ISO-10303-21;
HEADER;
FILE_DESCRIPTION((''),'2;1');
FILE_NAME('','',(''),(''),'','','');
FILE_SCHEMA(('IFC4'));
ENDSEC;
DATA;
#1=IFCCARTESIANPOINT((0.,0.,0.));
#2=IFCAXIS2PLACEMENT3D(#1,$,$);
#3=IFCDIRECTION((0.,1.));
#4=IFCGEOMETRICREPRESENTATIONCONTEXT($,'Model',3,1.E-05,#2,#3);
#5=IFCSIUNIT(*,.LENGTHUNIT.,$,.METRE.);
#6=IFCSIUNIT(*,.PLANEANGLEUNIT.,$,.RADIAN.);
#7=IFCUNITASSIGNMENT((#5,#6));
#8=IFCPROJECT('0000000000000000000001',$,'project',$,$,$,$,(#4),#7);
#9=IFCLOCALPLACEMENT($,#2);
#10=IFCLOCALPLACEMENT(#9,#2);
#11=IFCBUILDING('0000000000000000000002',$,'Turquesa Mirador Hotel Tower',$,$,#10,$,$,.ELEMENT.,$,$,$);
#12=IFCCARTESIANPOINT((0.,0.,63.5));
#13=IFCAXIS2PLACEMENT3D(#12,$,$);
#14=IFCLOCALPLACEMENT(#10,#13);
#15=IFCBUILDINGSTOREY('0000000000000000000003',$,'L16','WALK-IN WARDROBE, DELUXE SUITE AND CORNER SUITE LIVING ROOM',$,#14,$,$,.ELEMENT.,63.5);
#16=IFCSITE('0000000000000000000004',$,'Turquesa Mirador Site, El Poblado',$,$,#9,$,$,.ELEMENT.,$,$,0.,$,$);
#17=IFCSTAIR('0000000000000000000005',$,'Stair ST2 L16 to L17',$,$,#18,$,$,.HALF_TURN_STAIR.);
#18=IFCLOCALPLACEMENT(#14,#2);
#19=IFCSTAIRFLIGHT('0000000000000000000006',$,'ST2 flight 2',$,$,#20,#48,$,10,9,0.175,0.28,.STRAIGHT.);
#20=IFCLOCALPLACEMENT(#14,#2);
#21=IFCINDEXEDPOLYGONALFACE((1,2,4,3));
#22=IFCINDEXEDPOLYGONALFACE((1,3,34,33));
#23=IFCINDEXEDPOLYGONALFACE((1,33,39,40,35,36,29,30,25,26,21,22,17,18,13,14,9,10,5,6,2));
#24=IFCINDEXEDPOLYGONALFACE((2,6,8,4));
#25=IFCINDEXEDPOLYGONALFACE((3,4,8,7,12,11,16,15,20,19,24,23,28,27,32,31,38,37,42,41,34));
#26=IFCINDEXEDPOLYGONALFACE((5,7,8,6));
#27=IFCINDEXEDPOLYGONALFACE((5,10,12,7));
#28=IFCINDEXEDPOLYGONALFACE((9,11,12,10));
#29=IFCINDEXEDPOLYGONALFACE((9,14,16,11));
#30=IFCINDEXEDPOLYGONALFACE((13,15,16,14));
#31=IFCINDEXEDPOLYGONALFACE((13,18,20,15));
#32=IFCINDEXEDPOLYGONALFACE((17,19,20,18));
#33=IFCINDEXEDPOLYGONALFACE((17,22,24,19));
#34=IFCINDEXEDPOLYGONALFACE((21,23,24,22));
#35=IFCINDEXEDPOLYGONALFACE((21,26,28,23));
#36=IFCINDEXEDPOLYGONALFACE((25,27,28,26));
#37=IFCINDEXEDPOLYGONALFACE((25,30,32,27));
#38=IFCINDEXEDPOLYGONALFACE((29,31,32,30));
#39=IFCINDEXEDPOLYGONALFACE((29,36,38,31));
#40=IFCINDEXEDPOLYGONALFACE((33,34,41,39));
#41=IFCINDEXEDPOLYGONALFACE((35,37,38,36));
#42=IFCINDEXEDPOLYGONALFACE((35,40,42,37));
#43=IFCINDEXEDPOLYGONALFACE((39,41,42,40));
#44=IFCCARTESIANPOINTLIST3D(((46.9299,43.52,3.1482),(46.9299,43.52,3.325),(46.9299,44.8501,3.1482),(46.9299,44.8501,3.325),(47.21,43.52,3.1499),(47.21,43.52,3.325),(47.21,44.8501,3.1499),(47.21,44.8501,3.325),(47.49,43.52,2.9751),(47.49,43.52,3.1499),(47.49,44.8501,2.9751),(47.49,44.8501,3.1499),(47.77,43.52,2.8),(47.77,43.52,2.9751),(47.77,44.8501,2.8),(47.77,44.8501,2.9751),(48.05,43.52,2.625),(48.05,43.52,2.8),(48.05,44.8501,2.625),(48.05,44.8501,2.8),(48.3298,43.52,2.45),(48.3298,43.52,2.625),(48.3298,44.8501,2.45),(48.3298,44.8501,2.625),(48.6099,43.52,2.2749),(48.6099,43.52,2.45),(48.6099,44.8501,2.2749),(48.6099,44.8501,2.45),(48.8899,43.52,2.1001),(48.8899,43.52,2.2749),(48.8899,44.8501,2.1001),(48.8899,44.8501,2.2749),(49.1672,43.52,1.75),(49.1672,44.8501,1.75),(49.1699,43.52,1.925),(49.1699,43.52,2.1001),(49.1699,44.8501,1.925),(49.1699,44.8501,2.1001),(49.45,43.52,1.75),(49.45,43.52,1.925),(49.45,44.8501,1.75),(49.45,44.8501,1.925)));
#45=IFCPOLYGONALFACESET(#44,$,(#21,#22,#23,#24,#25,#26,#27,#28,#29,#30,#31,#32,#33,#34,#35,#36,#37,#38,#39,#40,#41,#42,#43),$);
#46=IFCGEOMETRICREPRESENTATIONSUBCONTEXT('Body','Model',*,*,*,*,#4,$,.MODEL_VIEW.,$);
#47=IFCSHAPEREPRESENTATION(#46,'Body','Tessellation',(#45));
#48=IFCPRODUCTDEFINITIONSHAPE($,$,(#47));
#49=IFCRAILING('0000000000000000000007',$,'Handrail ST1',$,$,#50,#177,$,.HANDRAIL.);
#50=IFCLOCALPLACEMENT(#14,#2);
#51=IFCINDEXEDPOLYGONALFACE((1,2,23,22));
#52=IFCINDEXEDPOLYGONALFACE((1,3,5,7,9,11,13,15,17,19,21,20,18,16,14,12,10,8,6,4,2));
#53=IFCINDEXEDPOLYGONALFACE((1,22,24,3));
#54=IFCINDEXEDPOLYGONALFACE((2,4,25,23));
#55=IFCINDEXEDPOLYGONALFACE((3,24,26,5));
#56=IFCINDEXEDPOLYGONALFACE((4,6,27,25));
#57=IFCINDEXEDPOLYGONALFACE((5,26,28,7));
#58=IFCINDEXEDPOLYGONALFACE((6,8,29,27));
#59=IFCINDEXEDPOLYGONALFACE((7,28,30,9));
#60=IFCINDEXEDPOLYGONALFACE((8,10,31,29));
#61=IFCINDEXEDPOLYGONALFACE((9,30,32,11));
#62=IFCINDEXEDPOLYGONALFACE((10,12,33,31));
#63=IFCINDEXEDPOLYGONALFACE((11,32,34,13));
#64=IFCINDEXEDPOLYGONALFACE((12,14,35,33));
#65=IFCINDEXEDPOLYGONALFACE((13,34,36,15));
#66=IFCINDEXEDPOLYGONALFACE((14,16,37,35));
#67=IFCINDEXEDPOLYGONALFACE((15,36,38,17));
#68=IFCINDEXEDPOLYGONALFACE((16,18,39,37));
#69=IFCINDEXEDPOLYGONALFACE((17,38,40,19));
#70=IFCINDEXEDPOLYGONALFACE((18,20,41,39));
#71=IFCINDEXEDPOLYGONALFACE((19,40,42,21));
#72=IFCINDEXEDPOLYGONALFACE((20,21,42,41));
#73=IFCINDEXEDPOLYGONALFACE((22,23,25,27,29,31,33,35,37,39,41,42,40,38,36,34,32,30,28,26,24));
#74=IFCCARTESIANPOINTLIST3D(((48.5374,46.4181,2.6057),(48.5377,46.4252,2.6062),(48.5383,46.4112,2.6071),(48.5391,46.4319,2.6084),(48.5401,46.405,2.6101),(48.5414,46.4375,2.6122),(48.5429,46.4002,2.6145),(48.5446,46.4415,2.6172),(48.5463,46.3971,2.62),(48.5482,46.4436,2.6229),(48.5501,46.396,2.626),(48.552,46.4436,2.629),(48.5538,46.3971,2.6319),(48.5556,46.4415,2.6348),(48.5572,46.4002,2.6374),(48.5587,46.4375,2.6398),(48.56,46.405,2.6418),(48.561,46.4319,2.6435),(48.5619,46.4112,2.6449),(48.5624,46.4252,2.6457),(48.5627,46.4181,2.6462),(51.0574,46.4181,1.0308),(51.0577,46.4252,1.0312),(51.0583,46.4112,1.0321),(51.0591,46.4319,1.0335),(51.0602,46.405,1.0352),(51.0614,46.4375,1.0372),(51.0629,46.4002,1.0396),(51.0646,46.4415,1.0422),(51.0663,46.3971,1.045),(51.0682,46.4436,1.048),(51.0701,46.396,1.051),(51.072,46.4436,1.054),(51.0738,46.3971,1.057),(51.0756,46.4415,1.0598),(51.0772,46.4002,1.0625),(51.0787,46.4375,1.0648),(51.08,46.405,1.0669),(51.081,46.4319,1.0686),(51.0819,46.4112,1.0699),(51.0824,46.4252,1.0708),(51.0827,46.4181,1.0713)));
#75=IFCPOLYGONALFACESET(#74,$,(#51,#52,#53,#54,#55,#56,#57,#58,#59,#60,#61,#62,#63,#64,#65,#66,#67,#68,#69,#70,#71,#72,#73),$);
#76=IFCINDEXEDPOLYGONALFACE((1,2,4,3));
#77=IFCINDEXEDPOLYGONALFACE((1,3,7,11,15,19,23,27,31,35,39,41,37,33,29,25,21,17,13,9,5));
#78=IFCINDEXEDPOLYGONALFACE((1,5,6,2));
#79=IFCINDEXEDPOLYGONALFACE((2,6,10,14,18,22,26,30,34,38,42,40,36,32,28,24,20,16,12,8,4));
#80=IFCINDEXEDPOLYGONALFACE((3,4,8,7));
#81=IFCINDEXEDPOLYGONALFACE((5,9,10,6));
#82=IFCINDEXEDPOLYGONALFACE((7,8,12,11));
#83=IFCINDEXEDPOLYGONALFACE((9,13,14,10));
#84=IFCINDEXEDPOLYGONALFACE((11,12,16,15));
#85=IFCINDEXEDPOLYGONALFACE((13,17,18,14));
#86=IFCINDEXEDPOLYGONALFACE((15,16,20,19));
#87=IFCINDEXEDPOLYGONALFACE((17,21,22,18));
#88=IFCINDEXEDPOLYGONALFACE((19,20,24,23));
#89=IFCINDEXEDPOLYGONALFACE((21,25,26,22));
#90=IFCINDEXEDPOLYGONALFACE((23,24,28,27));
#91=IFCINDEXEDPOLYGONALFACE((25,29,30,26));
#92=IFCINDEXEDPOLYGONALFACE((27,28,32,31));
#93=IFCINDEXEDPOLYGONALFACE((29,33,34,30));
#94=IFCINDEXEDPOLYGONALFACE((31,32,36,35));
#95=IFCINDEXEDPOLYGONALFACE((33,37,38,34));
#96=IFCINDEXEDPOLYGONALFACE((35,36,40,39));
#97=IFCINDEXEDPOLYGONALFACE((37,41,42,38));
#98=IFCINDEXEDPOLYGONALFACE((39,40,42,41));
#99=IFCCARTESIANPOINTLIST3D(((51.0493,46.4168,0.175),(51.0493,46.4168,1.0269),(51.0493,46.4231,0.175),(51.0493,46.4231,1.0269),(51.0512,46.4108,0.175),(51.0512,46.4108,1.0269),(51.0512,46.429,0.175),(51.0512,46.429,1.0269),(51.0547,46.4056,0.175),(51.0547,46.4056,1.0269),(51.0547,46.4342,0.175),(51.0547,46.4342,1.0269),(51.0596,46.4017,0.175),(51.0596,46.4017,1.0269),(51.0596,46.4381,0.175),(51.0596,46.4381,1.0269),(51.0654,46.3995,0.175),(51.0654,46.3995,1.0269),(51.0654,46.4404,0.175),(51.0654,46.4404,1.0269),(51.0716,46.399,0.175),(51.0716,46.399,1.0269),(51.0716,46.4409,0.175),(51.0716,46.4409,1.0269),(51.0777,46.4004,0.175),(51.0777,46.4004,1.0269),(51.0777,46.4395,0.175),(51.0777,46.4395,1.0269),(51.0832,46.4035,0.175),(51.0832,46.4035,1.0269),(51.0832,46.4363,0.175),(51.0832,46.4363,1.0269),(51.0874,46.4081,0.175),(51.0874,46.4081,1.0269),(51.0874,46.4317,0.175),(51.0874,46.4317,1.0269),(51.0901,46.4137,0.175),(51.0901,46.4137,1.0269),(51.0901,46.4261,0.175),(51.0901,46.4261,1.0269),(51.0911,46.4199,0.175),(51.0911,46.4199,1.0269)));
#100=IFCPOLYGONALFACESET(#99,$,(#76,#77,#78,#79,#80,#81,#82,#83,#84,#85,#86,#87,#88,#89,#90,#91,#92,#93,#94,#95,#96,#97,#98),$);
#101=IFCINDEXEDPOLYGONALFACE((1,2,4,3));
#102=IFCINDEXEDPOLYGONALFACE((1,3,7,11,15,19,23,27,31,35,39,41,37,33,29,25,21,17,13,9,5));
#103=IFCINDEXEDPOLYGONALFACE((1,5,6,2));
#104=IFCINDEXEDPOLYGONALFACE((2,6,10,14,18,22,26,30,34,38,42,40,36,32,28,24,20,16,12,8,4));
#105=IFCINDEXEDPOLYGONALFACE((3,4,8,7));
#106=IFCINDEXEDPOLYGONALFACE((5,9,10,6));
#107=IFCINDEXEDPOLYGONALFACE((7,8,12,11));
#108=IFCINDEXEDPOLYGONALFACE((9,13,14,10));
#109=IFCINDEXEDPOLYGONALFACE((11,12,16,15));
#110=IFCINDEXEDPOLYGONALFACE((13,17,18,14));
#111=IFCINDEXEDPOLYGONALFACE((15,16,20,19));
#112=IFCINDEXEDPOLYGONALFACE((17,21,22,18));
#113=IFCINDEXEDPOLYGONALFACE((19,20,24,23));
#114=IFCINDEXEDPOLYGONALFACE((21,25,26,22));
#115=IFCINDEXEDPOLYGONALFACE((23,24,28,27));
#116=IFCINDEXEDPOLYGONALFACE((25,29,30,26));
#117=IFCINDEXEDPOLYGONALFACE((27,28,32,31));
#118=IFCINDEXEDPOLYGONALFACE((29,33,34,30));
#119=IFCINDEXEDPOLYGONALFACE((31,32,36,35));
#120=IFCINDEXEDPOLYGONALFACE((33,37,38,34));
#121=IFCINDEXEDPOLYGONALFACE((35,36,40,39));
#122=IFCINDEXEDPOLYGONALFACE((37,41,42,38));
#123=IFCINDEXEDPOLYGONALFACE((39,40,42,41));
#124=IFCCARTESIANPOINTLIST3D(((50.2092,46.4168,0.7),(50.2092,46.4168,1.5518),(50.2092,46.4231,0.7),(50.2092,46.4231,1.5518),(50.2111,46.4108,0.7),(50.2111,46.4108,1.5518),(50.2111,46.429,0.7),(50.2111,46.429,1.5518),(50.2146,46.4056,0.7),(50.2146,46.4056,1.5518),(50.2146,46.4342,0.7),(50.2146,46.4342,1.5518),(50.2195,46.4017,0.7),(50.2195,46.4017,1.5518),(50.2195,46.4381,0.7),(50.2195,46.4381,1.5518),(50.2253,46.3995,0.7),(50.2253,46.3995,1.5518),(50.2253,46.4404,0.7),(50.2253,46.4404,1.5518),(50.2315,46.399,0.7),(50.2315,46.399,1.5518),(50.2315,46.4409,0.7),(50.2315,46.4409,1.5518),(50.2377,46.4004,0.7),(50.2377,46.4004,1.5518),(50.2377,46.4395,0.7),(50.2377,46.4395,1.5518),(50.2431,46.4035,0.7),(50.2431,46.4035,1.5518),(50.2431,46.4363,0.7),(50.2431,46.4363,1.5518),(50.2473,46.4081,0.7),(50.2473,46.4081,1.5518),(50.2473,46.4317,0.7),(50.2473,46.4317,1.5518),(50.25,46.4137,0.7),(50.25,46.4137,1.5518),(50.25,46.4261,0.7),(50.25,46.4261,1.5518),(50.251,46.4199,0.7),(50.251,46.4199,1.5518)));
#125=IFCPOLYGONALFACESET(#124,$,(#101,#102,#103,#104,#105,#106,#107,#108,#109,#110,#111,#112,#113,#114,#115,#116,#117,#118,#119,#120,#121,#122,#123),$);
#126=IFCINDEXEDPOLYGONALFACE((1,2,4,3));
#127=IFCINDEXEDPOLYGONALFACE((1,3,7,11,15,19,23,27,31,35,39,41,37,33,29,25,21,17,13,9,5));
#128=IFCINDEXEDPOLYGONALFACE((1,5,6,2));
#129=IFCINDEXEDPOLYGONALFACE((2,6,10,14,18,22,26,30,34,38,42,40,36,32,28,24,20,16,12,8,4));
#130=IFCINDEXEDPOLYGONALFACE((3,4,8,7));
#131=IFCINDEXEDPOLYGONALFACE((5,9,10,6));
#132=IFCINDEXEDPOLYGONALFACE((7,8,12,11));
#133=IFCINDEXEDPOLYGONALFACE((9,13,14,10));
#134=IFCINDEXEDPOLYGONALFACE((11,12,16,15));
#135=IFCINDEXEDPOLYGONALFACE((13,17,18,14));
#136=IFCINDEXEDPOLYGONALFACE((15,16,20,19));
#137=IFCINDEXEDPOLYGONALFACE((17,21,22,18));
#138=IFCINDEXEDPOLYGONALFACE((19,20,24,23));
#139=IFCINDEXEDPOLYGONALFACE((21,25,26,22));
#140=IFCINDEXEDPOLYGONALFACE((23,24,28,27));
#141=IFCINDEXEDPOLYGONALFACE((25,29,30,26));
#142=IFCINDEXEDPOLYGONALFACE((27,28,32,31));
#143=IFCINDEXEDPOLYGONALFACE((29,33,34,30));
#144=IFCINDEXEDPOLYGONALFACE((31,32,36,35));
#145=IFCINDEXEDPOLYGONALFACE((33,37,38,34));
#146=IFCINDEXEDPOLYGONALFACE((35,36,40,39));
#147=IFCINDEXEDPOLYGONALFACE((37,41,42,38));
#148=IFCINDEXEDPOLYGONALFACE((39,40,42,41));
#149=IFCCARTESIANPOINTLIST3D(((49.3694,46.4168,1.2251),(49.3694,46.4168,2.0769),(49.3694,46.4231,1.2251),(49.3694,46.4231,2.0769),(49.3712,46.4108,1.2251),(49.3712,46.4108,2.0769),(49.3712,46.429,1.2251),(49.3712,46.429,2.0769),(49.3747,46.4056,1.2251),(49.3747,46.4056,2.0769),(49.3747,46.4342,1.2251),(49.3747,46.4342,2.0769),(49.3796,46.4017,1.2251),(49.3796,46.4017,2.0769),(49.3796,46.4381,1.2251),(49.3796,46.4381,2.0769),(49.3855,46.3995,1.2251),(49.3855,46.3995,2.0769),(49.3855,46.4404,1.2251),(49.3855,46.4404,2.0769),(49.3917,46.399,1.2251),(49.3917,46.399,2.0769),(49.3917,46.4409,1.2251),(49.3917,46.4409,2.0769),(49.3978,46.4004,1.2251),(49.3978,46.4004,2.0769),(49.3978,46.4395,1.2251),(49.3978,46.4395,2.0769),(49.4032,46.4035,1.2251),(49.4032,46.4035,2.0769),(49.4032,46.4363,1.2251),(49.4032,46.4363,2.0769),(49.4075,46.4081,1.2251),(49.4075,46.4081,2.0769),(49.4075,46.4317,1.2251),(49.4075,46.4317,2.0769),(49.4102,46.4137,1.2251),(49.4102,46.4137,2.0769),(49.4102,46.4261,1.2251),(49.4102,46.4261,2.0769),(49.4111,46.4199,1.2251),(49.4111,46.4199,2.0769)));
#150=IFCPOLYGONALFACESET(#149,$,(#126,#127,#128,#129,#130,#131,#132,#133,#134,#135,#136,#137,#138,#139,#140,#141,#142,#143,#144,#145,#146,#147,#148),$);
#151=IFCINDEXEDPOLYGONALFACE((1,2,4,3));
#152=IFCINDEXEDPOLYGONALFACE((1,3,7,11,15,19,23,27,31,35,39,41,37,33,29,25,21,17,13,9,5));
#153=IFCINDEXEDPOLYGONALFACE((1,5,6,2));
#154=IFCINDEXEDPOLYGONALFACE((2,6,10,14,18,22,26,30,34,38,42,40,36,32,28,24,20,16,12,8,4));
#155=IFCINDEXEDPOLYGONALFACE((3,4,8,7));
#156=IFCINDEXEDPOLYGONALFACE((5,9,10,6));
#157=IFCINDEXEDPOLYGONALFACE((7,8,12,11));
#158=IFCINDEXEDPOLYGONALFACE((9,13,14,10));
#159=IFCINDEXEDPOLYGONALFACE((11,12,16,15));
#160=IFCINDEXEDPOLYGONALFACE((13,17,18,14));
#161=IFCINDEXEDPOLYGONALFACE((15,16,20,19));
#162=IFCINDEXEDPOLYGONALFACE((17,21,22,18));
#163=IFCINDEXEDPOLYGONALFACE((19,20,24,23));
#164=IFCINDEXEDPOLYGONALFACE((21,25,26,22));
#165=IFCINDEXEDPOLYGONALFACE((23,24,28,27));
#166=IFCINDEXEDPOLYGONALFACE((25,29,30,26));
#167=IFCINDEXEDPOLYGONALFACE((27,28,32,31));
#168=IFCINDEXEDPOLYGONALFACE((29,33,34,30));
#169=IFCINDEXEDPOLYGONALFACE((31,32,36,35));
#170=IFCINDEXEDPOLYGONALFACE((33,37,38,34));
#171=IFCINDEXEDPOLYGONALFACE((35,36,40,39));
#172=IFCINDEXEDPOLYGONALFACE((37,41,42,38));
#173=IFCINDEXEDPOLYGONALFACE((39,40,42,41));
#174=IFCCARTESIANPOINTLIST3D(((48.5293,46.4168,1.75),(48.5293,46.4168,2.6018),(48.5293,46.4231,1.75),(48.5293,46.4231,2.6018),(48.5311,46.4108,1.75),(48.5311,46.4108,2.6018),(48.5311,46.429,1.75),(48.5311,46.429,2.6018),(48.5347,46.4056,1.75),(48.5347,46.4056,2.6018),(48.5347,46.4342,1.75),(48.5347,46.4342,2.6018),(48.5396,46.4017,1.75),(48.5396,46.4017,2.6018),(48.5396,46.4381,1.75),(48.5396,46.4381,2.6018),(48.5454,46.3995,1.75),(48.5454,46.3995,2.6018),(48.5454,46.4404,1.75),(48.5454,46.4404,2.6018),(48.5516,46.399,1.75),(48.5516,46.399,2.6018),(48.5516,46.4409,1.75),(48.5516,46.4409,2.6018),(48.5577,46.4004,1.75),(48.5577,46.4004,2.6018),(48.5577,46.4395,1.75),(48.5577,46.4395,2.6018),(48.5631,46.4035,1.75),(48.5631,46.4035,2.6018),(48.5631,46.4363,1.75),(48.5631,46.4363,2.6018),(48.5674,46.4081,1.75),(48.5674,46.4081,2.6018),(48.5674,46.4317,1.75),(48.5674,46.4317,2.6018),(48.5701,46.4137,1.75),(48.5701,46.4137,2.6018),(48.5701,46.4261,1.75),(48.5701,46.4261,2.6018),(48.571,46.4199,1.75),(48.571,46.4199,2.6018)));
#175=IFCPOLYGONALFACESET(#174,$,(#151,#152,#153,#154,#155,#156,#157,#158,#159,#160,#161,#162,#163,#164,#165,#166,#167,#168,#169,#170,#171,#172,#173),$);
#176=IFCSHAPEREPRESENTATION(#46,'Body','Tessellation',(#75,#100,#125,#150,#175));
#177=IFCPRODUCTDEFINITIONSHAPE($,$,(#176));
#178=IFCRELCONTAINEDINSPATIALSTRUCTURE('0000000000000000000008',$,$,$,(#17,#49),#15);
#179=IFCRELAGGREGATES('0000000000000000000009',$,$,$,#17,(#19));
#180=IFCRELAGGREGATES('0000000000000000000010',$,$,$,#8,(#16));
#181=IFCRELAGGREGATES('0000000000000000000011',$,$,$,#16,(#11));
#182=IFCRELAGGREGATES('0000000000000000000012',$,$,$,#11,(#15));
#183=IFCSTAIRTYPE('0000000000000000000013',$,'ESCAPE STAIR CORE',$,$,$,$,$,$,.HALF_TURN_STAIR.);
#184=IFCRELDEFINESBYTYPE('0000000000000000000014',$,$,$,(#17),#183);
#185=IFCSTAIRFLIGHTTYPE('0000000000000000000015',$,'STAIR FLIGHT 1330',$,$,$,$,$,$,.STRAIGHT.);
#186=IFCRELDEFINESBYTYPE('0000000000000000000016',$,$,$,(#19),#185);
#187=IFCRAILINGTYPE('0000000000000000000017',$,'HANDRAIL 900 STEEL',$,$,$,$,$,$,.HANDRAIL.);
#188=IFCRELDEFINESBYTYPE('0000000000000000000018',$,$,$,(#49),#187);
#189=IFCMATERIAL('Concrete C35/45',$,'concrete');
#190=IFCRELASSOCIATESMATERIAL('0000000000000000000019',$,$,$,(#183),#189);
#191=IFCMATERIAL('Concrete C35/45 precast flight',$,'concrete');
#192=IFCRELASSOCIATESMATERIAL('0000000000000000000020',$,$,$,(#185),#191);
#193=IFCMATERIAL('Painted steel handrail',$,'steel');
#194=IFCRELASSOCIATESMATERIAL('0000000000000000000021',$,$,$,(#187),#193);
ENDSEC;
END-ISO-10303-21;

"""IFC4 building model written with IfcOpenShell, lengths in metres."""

from ifc_helpers import new_model, si_unit, direction, frame, origin, origin_2d, place, context, subcontext, project, spatial, polyline, circle, outline, extrude, material, type_object, element, aggregate, save


model = new_model("IFC4")

# Units and contexts
model_context = context("Model", 3, precision=1e-05, world=origin(), true_north=direction((0.0, 1.0)))
body_context = subcontext(model_context, "Body", "Model", "MODEL_VIEW")
ifc_project = project(units=[si_unit("LENGTHUNIT", "METRE"), si_unit("PLANEANGLEUNIT", "RADIAN")], contexts=[model_context])

# Site, building, storey
site_placement = place(None, origin())
site = spatial("IfcSite", under=ifc_project, at=site_placement, Name="Turquesa Mirador Site, El Poblado", CompositionType="ELEMENT", RefElevation=0.0)
building_placement = place(site_placement, origin())
building = spatial("IfcBuilding", under=site, at=building_placement, Name="Turquesa Mirador Hotel Tower", CompositionType="ELEMENT")
storey_placement = place(building_placement, frame((0.0, 0.0, 63.5)))
storey = spatial("IfcBuildingStorey", under=building, at=storey_placement, Name="L16", Description="WALK-IN WARDROBE, DELUXE SUITE AND CORNER SUITE LIVING ROOM", CompositionType="ELEMENT", Elevation=63.5)

# Shared definitions
ifc_material_1 = material(Name="Concrete C35/45", Category="concrete")
stair_type = type_object("IfcStairType", Name="ESCAPE STAIR CORE", PredefinedType="HALF_TURN_STAIR", material=ifc_material_1)
ifc_material_2 = material(Name="Concrete C35/45 precast flight", Category="concrete")
stair_flight_type = type_object("IfcStairFlightType", Name="STAIR FLIGHT 1330", PredefinedType="STRAIGHT", material=ifc_material_2)

# Stair, stair flight
stair_1_placement = place(storey_placement, origin())
stair_1 = element("IfcStair", 1, at=stair_1_placement, inside=storey, type_object=stair_type, Name="Stair ST2 L16 to L17", PredefinedType="HALF_TURN_STAIR")
stair_flight_1_placement = place(storey_placement, frame((49.45, 44.1851, 1.75), z_axis=(0.0, 0.0, 1.0), x_axis=(-1.0, 0.0, 0.0)))
stair_flight_1 = element("IfcStairFlight", 2, at=stair_flight_1_placement, type_object=stair_flight_type, Name="ST2 flight 2", NumberOfRisers=10, NumberOfTreads=9, PredefinedType="STRAIGHT", RiserHeight=0.175, TreadLength=0.28, context=body_context, shape_type="SweptSolid", body=[
    extrude(outline(polyline([(0.0, 0.0), (0.0, 0.175), (0.28, 0.175), (0.28, 0.3501), (0.5601, 0.3501), (0.5601, 0.5249), (0.8401, 0.5249), (0.8401, 0.7), (1.1201, 0.7), (1.1201, 0.875), (1.3999, 0.875), (1.3999, 1.05), (1.6799, 1.05), (1.6799, 1.2251), (1.96, 1.2251), (1.96, 1.3999), (2.24, 1.3999), (2.24, 1.575), (2.52, 1.575), (2.52, 1.75), (2.52, 1.3982), (0.2827, 0.0), (0.0, 0.0)])), frame((0.0, 0.665, 0.0), z_axis=(0.0, -1.0, 0.0), x_axis=(1.0, 0.0, 0.0)), (0.0, 0.0, 1.0), 1.3301),
])
aggregate(stair_1, [stair_flight_1])

# Railing
ifc_material_3 = material(Name="Painted steel handrail", Category="steel")
railing_type = type_object("IfcRailingType", Name="HANDRAIL 900 STEEL", PredefinedType="HANDRAIL", material=ifc_material_3)
railing_1_placement = place(storey_placement, frame((51.0701, 46.4199, 0.175)))
element("IfcRailing", 3, at=railing_1_placement, inside=storey, type_object=railing_type, Name="Handrail ST1", PredefinedType="HANDRAIL", context=body_context, shape_type="SweptSolid", body=[
    extrude(circle(Radius=0.0239, at=origin_2d()), frame((0.0, 0.0, 0.876), z_axis=(-0.848008, 0.0, 0.529984), x_axis=(0.0, -1.0, 0.0)), (0.0, 0.0, 1.0), 2.9717),
    extrude(circle(Radius=0.021, at=origin_2d()), origin(), (0.0, 0.0, 1.0), 0.8518),
    extrude(circle(Radius=0.021, at=origin_2d()), frame((-0.8401, 0.0, 0.5249)), (0.0, 0.0, 1.0), 0.8518),
    extrude(circle(Radius=0.021, at=origin_2d()), frame((-1.6799, 0.0, 1.05)), (0.0, 0.0, 1.0), 0.8518),
    extrude(circle(Radius=0.021, at=origin_2d()), frame((-2.52, 0.0, 1.575)), (0.0, 0.0, 1.0), 0.8518),
])

save(model, "model.ifc")
